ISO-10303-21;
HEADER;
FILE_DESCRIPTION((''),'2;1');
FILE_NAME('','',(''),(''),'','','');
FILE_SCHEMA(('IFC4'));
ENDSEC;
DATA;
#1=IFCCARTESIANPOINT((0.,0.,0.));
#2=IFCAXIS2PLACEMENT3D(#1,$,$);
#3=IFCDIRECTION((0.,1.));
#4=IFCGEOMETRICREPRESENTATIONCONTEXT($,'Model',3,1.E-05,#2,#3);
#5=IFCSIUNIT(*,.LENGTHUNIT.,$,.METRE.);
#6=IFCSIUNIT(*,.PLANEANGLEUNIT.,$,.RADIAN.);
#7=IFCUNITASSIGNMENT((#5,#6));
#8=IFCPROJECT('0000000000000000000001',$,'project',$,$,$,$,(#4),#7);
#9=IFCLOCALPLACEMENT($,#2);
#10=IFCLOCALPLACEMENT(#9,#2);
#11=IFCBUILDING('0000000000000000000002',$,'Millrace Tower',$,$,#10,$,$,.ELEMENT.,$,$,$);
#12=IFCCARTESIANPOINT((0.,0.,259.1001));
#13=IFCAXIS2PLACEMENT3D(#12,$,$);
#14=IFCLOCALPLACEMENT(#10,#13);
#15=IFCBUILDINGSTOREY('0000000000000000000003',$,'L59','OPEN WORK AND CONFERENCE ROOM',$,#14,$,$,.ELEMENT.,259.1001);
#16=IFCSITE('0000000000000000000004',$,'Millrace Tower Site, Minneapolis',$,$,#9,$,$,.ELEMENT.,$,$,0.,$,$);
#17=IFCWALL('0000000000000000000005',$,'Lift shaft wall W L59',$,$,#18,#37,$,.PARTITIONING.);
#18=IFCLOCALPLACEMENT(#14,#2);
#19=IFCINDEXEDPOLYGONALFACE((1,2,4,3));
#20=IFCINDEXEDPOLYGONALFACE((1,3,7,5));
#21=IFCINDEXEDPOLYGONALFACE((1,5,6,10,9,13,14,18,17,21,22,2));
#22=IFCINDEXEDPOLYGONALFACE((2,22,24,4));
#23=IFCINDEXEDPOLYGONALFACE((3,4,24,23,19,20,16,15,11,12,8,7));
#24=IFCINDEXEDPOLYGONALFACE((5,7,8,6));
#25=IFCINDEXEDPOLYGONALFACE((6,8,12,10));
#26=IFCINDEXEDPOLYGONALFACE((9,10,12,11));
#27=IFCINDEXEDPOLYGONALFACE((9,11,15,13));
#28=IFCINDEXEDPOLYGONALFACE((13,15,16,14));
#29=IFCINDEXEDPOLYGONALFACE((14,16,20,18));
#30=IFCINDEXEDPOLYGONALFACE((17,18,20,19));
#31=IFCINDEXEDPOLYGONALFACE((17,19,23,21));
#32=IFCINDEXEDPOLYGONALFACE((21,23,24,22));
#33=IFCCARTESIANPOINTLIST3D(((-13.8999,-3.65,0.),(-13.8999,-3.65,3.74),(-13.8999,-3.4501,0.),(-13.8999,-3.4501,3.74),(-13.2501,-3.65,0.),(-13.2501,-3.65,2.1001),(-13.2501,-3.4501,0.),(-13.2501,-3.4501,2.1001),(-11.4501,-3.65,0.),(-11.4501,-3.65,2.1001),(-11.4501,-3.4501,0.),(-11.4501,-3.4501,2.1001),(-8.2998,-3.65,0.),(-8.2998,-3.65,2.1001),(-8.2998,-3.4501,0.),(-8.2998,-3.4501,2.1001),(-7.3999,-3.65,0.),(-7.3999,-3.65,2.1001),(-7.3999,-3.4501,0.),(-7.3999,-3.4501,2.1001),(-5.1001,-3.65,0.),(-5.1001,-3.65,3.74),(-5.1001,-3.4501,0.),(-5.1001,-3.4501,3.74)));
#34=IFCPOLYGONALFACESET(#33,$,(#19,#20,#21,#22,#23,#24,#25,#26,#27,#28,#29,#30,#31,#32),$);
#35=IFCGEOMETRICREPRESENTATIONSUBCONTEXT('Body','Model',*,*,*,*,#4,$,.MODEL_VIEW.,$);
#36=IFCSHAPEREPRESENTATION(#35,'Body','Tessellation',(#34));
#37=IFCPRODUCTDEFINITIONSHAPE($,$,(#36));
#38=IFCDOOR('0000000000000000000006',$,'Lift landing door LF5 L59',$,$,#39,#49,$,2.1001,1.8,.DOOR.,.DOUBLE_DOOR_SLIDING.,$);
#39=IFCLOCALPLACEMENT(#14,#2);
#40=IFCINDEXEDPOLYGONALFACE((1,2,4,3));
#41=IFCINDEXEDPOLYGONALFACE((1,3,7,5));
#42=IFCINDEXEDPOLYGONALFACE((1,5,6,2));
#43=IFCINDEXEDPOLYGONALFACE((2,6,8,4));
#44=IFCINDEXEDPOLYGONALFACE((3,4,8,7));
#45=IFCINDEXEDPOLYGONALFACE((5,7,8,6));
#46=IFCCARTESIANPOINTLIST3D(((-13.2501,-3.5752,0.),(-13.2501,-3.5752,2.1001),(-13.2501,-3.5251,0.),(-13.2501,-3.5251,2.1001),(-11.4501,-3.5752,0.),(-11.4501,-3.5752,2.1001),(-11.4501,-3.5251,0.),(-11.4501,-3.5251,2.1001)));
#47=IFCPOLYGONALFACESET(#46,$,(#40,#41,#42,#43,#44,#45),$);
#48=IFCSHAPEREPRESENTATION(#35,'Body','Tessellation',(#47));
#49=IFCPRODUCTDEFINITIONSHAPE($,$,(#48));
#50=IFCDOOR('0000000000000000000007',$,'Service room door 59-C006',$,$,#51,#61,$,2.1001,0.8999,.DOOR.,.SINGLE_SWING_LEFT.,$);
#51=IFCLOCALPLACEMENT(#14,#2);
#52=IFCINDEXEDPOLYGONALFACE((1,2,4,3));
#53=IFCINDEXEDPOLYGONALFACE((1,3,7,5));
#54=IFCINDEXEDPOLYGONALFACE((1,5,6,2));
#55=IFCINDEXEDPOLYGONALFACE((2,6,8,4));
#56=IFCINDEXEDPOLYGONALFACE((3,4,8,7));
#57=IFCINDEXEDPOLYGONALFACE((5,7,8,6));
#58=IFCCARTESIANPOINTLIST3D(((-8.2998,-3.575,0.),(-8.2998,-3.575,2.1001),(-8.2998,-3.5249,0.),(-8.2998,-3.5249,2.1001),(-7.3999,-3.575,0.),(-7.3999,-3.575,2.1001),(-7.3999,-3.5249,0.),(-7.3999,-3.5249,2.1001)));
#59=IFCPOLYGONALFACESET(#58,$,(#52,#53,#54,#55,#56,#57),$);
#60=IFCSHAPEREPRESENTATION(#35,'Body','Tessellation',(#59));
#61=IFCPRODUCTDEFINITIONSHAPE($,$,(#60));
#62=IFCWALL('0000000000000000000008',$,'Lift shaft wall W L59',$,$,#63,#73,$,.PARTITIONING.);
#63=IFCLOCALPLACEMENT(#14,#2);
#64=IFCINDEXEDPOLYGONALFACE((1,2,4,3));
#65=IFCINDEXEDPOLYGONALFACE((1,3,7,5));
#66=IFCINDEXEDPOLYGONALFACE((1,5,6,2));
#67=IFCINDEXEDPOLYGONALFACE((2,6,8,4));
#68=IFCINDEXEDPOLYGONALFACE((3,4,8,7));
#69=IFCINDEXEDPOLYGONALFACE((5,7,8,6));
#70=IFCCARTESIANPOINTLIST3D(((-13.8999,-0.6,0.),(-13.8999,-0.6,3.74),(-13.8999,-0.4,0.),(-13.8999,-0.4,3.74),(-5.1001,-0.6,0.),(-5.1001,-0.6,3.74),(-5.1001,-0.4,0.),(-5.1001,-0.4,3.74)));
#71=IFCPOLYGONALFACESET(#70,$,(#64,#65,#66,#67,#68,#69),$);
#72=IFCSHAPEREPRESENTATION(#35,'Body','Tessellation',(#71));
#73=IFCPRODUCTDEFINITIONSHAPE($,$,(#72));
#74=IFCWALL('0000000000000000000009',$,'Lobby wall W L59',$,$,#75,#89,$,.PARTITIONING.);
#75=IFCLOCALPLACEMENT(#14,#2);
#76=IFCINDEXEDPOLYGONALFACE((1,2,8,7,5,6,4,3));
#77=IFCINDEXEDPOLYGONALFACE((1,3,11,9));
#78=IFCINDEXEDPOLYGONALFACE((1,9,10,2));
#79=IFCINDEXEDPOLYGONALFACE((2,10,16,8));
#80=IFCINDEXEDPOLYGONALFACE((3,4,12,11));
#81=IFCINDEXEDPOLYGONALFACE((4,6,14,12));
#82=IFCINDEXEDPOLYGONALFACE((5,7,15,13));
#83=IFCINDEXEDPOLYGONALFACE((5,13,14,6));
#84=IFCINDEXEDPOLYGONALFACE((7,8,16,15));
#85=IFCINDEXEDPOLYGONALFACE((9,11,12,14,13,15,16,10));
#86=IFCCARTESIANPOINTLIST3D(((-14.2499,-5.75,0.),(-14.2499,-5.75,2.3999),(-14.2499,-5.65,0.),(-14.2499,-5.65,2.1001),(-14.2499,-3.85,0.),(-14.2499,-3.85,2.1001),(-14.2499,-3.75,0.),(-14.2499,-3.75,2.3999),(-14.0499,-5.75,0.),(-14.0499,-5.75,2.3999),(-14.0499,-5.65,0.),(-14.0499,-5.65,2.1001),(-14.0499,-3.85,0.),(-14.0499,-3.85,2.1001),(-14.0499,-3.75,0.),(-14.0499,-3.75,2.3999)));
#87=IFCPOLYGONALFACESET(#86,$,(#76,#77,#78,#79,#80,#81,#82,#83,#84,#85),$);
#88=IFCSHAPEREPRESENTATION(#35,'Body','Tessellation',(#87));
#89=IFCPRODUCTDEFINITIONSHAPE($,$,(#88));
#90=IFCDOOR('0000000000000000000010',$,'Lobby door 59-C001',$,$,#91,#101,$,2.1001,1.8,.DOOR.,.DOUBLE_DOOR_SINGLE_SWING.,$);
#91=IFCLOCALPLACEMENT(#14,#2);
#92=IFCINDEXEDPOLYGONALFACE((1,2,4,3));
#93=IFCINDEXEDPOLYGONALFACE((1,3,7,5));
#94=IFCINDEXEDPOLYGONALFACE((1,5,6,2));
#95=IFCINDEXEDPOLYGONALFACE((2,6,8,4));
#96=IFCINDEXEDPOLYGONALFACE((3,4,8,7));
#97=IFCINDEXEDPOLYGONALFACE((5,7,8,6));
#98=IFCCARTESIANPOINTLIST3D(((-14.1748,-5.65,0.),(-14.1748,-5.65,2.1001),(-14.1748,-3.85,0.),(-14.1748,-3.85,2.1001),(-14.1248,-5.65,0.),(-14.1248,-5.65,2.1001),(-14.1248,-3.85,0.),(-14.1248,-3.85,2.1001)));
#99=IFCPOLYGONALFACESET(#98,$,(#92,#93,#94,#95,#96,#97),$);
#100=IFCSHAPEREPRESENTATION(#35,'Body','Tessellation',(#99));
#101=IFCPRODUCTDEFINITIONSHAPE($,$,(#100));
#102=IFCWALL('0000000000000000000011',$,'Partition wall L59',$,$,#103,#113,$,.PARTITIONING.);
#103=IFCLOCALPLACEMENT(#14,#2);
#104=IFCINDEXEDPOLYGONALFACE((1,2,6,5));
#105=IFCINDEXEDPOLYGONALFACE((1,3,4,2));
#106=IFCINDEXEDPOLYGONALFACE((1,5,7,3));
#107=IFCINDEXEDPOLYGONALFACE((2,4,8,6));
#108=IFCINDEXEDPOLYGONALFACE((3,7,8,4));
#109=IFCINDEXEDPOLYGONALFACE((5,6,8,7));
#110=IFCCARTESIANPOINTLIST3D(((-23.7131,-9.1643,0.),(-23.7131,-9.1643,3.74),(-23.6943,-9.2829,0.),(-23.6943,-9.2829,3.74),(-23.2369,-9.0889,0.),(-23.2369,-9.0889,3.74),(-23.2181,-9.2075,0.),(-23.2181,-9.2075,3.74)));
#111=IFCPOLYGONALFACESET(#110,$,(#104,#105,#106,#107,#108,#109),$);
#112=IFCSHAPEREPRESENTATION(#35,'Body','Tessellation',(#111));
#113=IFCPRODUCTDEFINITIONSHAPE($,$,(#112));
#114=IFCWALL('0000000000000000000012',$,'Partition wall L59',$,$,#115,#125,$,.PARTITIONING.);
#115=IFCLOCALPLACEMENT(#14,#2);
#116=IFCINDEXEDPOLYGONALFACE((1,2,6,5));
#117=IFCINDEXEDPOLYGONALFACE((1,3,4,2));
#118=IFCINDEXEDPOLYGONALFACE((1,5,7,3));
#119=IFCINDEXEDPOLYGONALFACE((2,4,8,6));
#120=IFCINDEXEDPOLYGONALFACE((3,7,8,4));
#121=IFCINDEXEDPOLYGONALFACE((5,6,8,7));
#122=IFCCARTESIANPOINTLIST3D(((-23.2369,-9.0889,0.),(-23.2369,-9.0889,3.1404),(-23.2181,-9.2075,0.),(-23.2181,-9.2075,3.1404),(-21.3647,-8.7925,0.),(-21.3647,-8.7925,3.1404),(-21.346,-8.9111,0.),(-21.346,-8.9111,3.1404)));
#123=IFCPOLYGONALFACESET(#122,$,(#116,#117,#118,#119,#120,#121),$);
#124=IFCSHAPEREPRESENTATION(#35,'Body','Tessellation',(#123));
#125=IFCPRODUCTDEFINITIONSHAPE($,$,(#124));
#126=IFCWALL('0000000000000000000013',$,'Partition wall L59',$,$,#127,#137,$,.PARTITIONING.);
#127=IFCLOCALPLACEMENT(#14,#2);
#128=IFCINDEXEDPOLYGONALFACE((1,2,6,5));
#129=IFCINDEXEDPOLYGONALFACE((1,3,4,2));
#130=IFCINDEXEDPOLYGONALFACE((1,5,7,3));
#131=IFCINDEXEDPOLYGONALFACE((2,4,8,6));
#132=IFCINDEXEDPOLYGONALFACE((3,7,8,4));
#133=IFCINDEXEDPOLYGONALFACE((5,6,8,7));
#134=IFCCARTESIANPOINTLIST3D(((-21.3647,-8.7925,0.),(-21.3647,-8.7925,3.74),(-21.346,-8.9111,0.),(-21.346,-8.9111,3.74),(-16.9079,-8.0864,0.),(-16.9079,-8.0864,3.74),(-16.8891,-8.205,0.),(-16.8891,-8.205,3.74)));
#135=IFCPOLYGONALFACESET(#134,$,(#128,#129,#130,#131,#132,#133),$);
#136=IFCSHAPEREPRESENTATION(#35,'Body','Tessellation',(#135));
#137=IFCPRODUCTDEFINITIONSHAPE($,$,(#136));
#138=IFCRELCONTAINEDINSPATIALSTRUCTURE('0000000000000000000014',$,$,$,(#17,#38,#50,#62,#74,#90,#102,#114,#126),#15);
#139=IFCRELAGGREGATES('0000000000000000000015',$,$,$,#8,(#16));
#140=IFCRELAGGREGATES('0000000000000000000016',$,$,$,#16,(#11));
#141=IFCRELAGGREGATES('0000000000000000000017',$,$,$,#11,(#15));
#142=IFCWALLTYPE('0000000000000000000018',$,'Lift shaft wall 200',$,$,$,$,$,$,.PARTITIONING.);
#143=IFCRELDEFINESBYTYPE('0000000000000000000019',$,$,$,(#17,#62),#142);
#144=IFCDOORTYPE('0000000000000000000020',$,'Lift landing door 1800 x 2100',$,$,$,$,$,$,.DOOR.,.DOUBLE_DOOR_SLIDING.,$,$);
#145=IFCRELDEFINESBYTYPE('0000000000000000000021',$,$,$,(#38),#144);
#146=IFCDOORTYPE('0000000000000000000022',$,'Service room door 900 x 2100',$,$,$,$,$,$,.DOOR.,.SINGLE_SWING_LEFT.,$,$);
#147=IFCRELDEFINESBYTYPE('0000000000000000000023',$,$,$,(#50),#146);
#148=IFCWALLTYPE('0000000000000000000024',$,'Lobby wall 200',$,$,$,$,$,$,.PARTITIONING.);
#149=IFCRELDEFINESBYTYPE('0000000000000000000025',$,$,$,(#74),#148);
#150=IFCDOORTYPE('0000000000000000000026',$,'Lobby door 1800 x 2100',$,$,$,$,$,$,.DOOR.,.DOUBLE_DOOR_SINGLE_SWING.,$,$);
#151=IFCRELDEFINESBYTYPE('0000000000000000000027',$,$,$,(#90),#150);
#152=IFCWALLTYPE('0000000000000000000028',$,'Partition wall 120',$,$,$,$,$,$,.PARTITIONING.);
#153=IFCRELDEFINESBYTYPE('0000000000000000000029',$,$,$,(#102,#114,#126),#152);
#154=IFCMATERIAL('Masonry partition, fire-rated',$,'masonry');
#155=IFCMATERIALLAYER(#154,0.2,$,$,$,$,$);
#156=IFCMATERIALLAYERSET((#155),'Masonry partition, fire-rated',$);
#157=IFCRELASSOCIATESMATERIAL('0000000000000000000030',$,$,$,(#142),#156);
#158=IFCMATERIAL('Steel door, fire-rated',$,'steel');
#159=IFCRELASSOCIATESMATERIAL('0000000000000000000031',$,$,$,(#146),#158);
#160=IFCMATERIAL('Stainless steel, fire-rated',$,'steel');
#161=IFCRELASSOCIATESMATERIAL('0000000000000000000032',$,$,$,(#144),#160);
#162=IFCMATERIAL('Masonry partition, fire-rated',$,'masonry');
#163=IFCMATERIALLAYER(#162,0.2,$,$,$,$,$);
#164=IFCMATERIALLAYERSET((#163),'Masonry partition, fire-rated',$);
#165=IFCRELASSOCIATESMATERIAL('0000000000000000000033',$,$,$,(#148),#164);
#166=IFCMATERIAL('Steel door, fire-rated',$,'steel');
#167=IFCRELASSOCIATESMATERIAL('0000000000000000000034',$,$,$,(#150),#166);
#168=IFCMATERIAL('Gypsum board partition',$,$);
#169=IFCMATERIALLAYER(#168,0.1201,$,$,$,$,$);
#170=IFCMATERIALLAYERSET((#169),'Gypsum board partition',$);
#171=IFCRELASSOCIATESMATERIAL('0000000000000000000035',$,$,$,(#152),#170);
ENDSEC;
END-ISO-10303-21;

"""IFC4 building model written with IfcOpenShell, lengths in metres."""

from ifc_helpers import new_model, si_unit, direction, frame, frame_2d, origin, place, context, subcontext, project, spatial, rectangle, extrude, material, layer, layer_set, type_object, element, fill, save


model = new_model("IFC4")

# Units and contexts
model_context = context("Model", 3, precision=1e-05, world=origin(), true_north=direction((0.0, 1.0)))
body_context = subcontext(model_context, "Body", "Model", "MODEL_VIEW")
ifc_project = project(units=[si_unit("LENGTHUNIT", "METRE"), si_unit("PLANEANGLEUNIT", "RADIAN")], contexts=[model_context])

# Site, building, storey
site_placement = place(None, origin())
site = spatial("IfcSite", under=ifc_project, at=site_placement, Name="Millrace Tower Site, Minneapolis", CompositionType="ELEMENT", RefElevation=0.0)
building_placement = place(site_placement, origin())
building = spatial("IfcBuilding", under=site, at=building_placement, Name="Millrace Tower", CompositionType="ELEMENT")
storey_placement = place(building_placement, frame((0.0, 0.0, 259.1001)))
storey = spatial("IfcBuildingStorey", under=building, at=storey_placement, Name="L59", Description="OPEN WORK AND CONFERENCE ROOM", CompositionType="ELEMENT", Elevation=259.1001)

# Wall, openings, doors
ifc_material_1 = material(Name="Masonry partition, fire-rated", Category="masonry")
ifc_layer_1 = layer(ifc_material_1, 0.2)
ifc_layer_set_1 = layer_set([ifc_layer_1], Name="Masonry partition, fire-rated")
wall_type_1 = type_object("IfcWallType", Name="Lift shaft wall 200", PredefinedType="PARTITIONING", material=ifc_layer_set_1)
ifc_material_2 = material(Name="Steel door, fire-rated", Category="steel")
door_type_1 = type_object("IfcDoorType", Name="Service room door 900 x 2100", OperationType="SINGLE_SWING_LEFT", PredefinedType="DOOR", material=ifc_material_2)
wall_1_placement = place(storey_placement, frame((-13.8999, -3.55, 0.0), z_axis=(0.0, 0.0, 1.0), x_axis=(1.0, 0.0, 0.0)))
wall_1 = element("IfcWall", 1, at=wall_1_placement, inside=storey, type_object=wall_type_1, Name="Lift shaft wall W L59", PredefinedType="PARTITIONING", context=body_context, shape_type="SweptSolid", body=[
    extrude(rectangle(XDim=8.7998, YDim=0.2, at=frame_2d((4.3999, 0.0))), origin(), (0.0, 0.0, 1.0), 3.74),
])
opening_1_placement = place(wall_1_placement, frame((0.6499, 0.0, 0.0)))
opening_1 = element("IfcOpeningElement", 2, at=opening_1_placement, cuts=wall_1, PredefinedType="OPENING", context=body_context, shape_type="SweptSolid", body=[
    extrude(rectangle(XDim=1.8, YDim=2.1001, at=frame_2d((0.8999, 1.05))), frame((0.0, 0.1099, 0.0), z_axis=(0.0, -1.0, 0.0), x_axis=(1.0, 0.0, 0.0)), (0.0, 0.0, 1.0), 0.22),
])
opening_2_placement = place(wall_1_placement, frame((5.6001, 0.0, 0.0)))
opening_2 = element("IfcOpeningElement", 3, at=opening_2_placement, cuts=wall_1, PredefinedType="OPENING", context=body_context, shape_type="SweptSolid", body=[
    extrude(rectangle(XDim=0.8999, YDim=2.1001, at=frame_2d((0.45, 1.05))), frame((0.0, 0.1099, 0.0), z_axis=(0.0, -1.0, 0.0), x_axis=(1.0, 0.0, 0.0)), (0.0, 0.0, 1.0), 0.22),
])
ifc_material_3 = material(Name="Stainless steel, fire-rated", Category="steel")
door_type_2 = type_object("IfcDoorType", Name="Lift landing door 1800 x 2100", OperationType="DOUBLE_DOOR_SLIDING", PredefinedType="DOOR", material=ifc_material_3)
door_1_placement = place(opening_1_placement, origin())
door_1 = element("IfcDoor", 4, at=door_1_placement, inside=storey, type_object=door_type_2, Name="Lift landing door LF5 L59", OperationType="DOUBLE_DOOR_SLIDING", OverallHeight=2.1001, OverallWidth=1.8, PredefinedType="DOOR", context=body_context, shape_type="SweptSolid", body=[
    extrude(rectangle(XDim=1.8, YDim=2.1001, at=frame_2d((0.8999, 1.05))), frame((0.0, 0.0249, 0.0), z_axis=(0.0, -1.0, 0.0), x_axis=(1.0, 0.0, 0.0)), (0.0, 0.0, 1.0), 0.05),
])
fill(opening_1, door_1)
door_2_placement = place(opening_2_placement, frame((0.8999, 0.0, 0.0), z_axis=(0.0, 0.0, 1.0), x_axis=(-1.0, 0.0, 0.0)))
door_2 = element("IfcDoor", 5, at=door_2_placement, inside=storey, type_object=door_type_1, Name="Service room door 59-C006", OperationType="SINGLE_SWING_LEFT", OverallHeight=2.1001, OverallWidth=0.8999, PredefinedType="DOOR", context=body_context, shape_type="SweptSolid", body=[
    extrude(rectangle(XDim=0.8999, YDim=2.1001, at=frame_2d((0.45, 1.05))), frame((0.0, 0.0249, 0.0), z_axis=(0.0, -1.0, 0.0), x_axis=(1.0, 0.0, 0.0)), (0.0, 0.0, 1.0), 0.05),
])
fill(opening_2, door_2)

# Wall
wall_2_placement = place(storey_placement, frame((-13.8999, -0.5, 0.0), z_axis=(0.0, 0.0, 1.0), x_axis=(1.0, 0.0, 0.0)))
element("IfcWall", 6, at=wall_2_placement, inside=storey, type_object=wall_type_1, Name="Lift shaft wall W L59", PredefinedType="PARTITIONING", context=body_context, shape_type="SweptSolid", body=[
    extrude(rectangle(XDim=8.7998, YDim=0.2, at=frame_2d((4.3999, 0.0))), origin(), (0.0, 0.0, 1.0), 3.74),
])

# Wall, opening, door
ifc_material_4 = material(Name="Masonry partition, fire-rated", Category="masonry")
ifc_layer_2 = layer(ifc_material_4, 0.2)
ifc_layer_set_2 = layer_set([ifc_layer_2], Name="Masonry partition, fire-rated")
wall_type_2 = type_object("IfcWallType", Name="Lobby wall 200", PredefinedType="PARTITIONING", material=ifc_layer_set_2)
wall_3_placement = place(storey_placement, frame((-14.1499, -5.75, 0.0), z_axis=(0.0, 0.0, 1.0), x_axis=(0.0, 1.0, 0.0)))
wall_3 = element("IfcWall", 7, at=wall_3_placement, inside=storey, type_object=wall_type_2, Name="Lobby wall W L59", PredefinedType="PARTITIONING", context=body_context, shape_type="SweptSolid", body=[
    extrude(rectangle(XDim=2.0, YDim=0.2, at=frame_2d((1.0, 0.0))), origin(), (0.0, 0.0, 1.0), 2.3999),
])
opening_3_placement = place(wall_3_placement, frame((0.1001, 0.0, 0.0)))
opening_3 = element("IfcOpeningElement", 8, at=opening_3_placement, cuts=wall_3, PredefinedType="OPENING", context=body_context, shape_type="SweptSolid", body=[
    extrude(rectangle(XDim=1.8, YDim=2.1001, at=frame_2d((0.8999, 1.05))), frame((0.0, 0.1099, 0.0), z_axis=(0.0, -1.0, 0.0), x_axis=(1.0, 0.0, 0.0)), (0.0, 0.0, 1.0), 0.22),
])
ifc_material_5 = material(Name="Steel door, fire-rated", Category="steel")
door_type_3 = type_object("IfcDoorType", Name="Lobby door 1800 x 2100", OperationType="DOUBLE_DOOR_SINGLE_SWING", PredefinedType="DOOR", material=ifc_material_5)
door_3_placement = place(opening_3_placement, origin())
door_3 = element("IfcDoor", 9, at=door_3_placement, inside=storey, type_object=door_type_3, Name="Lobby door 59-C001", OperationType="DOUBLE_DOOR_SINGLE_SWING", OverallHeight=2.1001, OverallWidth=1.8, PredefinedType="DOOR", context=body_context, shape_type="SweptSolid", body=[
    extrude(rectangle(XDim=1.8, YDim=2.1001, at=frame_2d((0.8999, 1.05))), frame((0.0, 0.0249, 0.0), z_axis=(0.0, -1.0, 0.0), x_axis=(1.0, 0.0, 0.0)), (0.0, 0.0, 1.0), 0.05),
])
fill(opening_3, door_3)

# Walls
ifc_material_6 = material(Name="Gypsum board partition")
ifc_layer_3 = layer(ifc_material_6, 0.1201)
ifc_layer_set_3 = layer_set([ifc_layer_3], Name="Gypsum board partition")
wall_type_3 = type_object("IfcWallType", Name="Partition wall 120", PredefinedType="PARTITIONING", material=ifc_layer_set_3)
wall_4_placement = place(storey_placement, frame((-23.7039, -9.2236, 0.0), z_axis=(0.0, 0.0, 1.0), x_axis=(0.987689, 0.15643, 0.0)))
element("IfcWall", 10, at=wall_4_placement, inside=storey, type_object=wall_type_3, Name="Partition wall L59", PredefinedType="PARTITIONING", context=body_context, shape_type="SweptSolid", body=[
    extrude(rectangle(XDim=0.4822, YDim=0.1201, at=frame_2d((0.2412, 0.0))), origin(), (0.0, 0.0, 1.0), 3.74),
])
wall_5_placement = place(storey_placement, frame((-23.2275, -9.1482, 0.0), z_axis=(0.0, 0.0, 1.0), x_axis=(0.987698, 0.156373, 0.0)))
element("IfcWall", 11, at=wall_5_placement, inside=storey, type_object=wall_type_3, Name="Partition wall L59", PredefinedType="PARTITIONING", context=body_context, shape_type="SweptSolid", body=[
    extrude(rectangle(XDim=1.8955, YDim=0.1201, at=frame_2d((0.9478, 0.0))), origin(), (0.0, 0.0, 1.0), 3.1404),
])
wall_6_placement = place(storey_placement, frame((-21.3555, -8.8518, 0.0), z_axis=(0.0, 0.0, 1.0), x_axis=(0.987683, 0.156471, 0.0)))
element("IfcWall", 12, at=wall_6_placement, inside=storey, type_object=wall_type_3, Name="Partition wall L59", PredefinedType="PARTITIONING", context=body_context, shape_type="SweptSolid", body=[
    extrude(rectangle(XDim=4.5125, YDim=0.1201, at=frame_2d((2.2563, 0.0))), origin(), (0.0, 0.0, 1.0), 3.74),
])

save(model, "model.ifc")
